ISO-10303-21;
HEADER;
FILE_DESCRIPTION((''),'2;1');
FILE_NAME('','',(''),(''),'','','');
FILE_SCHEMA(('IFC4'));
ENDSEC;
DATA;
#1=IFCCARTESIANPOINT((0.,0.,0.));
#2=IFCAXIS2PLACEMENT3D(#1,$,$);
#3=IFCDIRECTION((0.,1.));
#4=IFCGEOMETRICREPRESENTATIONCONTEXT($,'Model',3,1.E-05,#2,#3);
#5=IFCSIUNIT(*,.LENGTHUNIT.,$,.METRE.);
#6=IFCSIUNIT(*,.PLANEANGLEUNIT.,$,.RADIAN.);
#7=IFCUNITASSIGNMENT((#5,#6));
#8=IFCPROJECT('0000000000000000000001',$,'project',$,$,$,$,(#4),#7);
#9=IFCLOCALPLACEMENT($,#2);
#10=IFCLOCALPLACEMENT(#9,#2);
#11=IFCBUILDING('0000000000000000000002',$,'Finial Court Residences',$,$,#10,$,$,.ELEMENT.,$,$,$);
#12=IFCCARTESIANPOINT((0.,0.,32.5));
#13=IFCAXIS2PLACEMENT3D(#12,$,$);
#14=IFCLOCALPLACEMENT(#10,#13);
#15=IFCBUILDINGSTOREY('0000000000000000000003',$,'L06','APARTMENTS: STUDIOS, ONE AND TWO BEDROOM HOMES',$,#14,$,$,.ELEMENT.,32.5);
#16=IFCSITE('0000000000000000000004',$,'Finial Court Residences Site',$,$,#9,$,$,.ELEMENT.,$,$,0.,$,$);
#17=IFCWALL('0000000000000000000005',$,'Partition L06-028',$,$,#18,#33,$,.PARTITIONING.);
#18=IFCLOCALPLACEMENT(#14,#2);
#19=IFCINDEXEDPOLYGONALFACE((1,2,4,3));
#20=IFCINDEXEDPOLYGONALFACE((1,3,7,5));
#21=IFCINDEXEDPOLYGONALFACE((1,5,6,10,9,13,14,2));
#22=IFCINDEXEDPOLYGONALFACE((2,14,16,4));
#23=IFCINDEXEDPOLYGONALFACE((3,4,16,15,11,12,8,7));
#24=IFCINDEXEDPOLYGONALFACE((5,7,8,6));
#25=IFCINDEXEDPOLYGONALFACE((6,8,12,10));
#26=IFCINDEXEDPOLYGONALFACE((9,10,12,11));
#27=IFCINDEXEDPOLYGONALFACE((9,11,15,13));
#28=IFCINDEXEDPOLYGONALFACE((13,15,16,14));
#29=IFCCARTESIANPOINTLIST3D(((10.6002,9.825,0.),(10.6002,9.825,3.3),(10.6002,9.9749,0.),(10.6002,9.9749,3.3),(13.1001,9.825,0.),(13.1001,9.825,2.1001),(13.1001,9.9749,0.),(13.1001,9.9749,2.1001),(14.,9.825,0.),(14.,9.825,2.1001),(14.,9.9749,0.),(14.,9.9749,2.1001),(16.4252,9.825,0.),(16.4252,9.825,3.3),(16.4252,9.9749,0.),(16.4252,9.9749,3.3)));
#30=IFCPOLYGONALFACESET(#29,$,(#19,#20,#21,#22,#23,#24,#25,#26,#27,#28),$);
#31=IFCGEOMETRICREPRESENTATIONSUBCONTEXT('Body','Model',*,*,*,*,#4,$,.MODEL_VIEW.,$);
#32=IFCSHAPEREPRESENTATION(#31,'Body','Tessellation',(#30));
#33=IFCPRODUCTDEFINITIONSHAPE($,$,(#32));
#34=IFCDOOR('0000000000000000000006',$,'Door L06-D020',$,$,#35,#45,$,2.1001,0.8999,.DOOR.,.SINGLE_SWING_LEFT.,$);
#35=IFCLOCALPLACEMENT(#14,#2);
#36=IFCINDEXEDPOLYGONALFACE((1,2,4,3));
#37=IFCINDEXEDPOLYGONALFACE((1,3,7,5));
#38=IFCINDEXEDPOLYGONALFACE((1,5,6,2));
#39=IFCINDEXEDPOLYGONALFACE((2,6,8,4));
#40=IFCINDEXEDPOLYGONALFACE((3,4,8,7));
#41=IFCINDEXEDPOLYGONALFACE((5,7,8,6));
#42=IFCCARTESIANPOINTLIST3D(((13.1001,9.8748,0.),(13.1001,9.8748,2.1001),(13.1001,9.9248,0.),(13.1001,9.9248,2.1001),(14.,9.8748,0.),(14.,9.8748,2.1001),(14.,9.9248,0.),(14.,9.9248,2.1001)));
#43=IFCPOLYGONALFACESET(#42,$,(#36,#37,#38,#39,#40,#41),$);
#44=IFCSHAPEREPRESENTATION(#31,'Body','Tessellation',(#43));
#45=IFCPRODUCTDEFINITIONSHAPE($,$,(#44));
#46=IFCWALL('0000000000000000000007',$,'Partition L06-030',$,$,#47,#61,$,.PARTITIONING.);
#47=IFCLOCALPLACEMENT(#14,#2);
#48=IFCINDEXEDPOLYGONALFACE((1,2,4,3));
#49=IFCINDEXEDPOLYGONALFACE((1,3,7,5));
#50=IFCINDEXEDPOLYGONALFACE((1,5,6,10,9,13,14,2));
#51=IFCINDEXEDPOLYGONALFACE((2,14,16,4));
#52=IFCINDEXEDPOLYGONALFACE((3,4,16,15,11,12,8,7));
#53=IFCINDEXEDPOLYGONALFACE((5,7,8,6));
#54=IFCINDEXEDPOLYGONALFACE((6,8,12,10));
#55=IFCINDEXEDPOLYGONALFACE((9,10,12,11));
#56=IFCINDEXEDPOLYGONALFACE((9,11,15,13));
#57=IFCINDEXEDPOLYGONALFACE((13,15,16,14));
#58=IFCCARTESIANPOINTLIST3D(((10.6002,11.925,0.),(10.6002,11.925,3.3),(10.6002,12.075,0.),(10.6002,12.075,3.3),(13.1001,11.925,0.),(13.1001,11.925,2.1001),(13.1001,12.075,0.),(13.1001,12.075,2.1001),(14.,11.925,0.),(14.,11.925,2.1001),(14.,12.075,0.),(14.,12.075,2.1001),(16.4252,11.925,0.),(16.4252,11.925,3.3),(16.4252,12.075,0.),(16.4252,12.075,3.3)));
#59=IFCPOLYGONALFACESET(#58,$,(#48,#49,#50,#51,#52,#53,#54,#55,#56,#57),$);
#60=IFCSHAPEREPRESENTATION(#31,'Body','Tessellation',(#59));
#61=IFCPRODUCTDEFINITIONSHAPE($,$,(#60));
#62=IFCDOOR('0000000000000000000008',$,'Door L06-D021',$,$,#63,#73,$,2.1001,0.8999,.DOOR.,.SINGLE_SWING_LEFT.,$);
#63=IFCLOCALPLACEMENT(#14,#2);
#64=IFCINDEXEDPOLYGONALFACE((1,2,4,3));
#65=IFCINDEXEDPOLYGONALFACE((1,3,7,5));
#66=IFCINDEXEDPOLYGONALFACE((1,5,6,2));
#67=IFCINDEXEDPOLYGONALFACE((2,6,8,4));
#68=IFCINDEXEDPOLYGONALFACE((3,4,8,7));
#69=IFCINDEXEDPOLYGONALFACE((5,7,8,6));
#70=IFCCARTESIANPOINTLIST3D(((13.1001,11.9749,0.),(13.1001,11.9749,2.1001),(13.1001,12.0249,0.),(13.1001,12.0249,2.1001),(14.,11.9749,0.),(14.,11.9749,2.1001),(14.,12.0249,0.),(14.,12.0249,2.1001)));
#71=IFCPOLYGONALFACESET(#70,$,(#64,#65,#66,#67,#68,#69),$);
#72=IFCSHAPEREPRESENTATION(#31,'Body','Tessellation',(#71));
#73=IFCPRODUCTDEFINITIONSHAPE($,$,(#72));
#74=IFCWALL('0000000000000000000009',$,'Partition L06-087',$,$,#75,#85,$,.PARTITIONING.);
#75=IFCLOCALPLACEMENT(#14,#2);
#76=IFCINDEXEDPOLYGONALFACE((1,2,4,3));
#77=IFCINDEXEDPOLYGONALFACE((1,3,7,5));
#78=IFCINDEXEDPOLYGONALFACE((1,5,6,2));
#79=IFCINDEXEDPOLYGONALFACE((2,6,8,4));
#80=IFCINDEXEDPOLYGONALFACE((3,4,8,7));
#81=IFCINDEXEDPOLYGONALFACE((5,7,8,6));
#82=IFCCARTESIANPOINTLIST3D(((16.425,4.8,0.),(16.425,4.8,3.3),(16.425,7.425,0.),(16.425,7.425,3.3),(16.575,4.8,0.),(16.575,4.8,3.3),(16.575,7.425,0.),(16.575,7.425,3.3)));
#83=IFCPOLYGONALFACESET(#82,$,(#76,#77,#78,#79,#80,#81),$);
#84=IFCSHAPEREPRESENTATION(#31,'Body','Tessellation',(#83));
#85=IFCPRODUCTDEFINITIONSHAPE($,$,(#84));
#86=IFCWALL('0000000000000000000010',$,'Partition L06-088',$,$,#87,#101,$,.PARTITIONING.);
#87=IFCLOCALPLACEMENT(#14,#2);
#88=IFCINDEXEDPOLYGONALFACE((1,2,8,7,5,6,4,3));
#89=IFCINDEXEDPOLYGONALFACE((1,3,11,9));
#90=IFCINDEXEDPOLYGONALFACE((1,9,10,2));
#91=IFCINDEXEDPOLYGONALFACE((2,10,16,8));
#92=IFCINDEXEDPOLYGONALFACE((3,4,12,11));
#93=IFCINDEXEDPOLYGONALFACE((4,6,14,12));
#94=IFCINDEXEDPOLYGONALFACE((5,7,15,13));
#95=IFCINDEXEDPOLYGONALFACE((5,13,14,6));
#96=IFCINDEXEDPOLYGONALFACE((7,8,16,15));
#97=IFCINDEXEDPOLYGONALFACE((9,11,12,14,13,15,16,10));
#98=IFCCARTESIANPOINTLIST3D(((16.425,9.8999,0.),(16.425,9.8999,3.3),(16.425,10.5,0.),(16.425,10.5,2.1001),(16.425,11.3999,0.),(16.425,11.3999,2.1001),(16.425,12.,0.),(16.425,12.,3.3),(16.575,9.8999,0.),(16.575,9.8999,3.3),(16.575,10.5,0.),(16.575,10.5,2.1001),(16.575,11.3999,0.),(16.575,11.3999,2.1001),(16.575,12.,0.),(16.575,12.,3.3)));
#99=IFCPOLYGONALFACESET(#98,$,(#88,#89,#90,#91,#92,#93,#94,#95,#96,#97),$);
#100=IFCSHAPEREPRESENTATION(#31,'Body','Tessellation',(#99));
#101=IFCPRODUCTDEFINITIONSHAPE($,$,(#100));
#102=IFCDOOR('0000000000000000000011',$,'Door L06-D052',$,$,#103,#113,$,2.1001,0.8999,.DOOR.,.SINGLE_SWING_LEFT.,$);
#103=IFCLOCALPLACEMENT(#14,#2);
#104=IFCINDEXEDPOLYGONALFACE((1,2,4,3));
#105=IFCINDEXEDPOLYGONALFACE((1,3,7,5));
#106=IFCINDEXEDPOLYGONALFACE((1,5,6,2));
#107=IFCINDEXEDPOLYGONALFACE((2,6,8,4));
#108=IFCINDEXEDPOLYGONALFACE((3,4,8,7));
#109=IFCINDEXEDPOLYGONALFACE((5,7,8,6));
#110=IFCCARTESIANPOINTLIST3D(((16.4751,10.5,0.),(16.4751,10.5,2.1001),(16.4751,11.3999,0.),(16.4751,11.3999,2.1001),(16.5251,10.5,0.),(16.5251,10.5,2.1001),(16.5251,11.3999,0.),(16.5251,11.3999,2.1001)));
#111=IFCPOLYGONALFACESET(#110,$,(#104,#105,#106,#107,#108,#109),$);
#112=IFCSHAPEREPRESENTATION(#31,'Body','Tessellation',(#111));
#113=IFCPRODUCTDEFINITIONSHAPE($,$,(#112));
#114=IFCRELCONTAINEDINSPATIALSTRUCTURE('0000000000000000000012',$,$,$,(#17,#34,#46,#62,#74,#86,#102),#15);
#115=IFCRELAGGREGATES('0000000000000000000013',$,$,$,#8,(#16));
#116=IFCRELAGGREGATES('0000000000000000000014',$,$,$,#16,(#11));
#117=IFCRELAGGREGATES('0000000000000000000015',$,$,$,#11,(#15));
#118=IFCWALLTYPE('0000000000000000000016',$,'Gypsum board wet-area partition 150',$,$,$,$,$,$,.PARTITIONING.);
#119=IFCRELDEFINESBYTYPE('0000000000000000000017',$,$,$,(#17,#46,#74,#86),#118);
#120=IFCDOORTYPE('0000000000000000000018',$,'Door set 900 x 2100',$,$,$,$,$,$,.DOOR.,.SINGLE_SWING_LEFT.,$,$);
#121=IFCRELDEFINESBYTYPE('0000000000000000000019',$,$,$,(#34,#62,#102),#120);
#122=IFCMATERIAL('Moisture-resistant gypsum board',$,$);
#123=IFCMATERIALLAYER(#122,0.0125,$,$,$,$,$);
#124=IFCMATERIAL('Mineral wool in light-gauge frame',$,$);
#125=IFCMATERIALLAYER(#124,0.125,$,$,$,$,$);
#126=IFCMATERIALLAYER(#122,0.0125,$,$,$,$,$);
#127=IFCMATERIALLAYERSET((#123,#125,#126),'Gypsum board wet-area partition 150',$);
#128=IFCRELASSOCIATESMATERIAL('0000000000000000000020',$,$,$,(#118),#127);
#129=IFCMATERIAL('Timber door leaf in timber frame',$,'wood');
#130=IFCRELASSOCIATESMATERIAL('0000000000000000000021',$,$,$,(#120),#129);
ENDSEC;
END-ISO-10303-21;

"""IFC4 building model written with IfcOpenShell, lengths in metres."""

from ifc_helpers import new_model, si_unit, direction, frame, frame_2d, origin, place, context, subcontext, project, spatial, rectangle, extrude, material, layer, layer_set, type_object, element, fill, save


model = new_model("IFC4")

# Units and contexts
model_context = context("Model", 3, precision=1e-05, world=origin(), true_north=direction((0.0, 1.0)))
body_context = subcontext(model_context, "Body", "Model", "MODEL_VIEW")
ifc_project = project(units=[si_unit("LENGTHUNIT", "METRE"), si_unit("PLANEANGLEUNIT", "RADIAN")], contexts=[model_context])

# Site, building, storey
site_placement = place(None, origin())
site = spatial("IfcSite", under=ifc_project, at=site_placement, Name="Finial Court Residences Site", CompositionType="ELEMENT", RefElevation=0.0)
building_placement = place(site_placement, origin())
building = spatial("IfcBuilding", under=site, at=building_placement, Name="Finial Court Residences", CompositionType="ELEMENT")
storey_placement = place(building_placement, frame((0.0, 0.0, 32.5)))
storey = spatial("IfcBuildingStorey", under=building, at=storey_placement, Name="L06", Description="APARTMENTS: STUDIOS, ONE AND TWO BEDROOM HOMES", CompositionType="ELEMENT", Elevation=32.5)

# Shared definitions
ifc_material_1 = material(Name="Mineral wool in light-gauge frame")

# Walls, openings, doors
ifc_material_2 = material(Name="Moisture-resistant gypsum board")
ifc_layer_1 = layer(ifc_material_2, 0.0125)
ifc_layer_2 = layer(ifc_material_1, 0.125)
ifc_layer_3 = layer(ifc_material_2, 0.0125)
ifc_layer_set_1 = layer_set([ifc_layer_1, ifc_layer_2, ifc_layer_3], Name="Gypsum board wet-area partition 150")
wall_type_1 = type_object("IfcWallType", Name="Gypsum board wet-area partition 150", PredefinedType="PARTITIONING", material=ifc_layer_set_1)
ifc_material_3 = material(Name="Timber door leaf in timber frame", Category="wood")
door_type = type_object("IfcDoorType", Name="Door set 900 x 2100", OperationType="SINGLE_SWING_LEFT", PredefinedType="DOOR", material=ifc_material_3)
wall_1_placement = place(storey_placement, frame((10.6001, 9.8999, 0.0), z_axis=(0.0, 0.0, 1.0), x_axis=(1.0, 0.0, 0.0)))
wall_1 = element("IfcWall", 1, at=wall_1_placement, inside=storey, type_object=wall_type_1, Name="Partition L06-028", PredefinedType="PARTITIONING", context=body_context, shape_type="SweptSolid", body=[
    extrude(rectangle(XDim=5.825, YDim=0.1499, at=frame_2d((2.9126, 0.0))), origin(), (0.0, 0.0, 1.0), 3.3),
])
opening_1_placement = place(wall_1_placement, frame((2.5, 0.0, 0.0)))
opening_1 = element("IfcOpeningElement", 2, at=opening_1_placement, cuts=wall_1, PredefinedType="OPENING", context=body_context, shape_type="SweptSolid", body=[
    extrude(rectangle(XDim=0.8999, YDim=2.1001, at=frame_2d((0.45, 1.05))), frame((0.0, 0.085, 0.0), z_axis=(0.0, -1.0, 0.0), x_axis=(1.0, 0.0, 0.0)), (0.0, 0.0, 1.0), 0.1699),
])
door_1_placement = place(opening_1_placement, origin())
door_1 = element("IfcDoor", 3, at=door_1_placement, inside=storey, type_object=door_type, Name="Door L06-D020", OperationType="SINGLE_SWING_LEFT", OverallHeight=2.1001, OverallWidth=0.8999, PredefinedType="DOOR", context=body_context, shape_type="SweptSolid", body=[
    extrude(rectangle(XDim=0.8999, YDim=2.1001, at=frame_2d((0.45, 1.05))), frame((0.0, 0.0249, 0.0), z_axis=(0.0, -1.0, 0.0), x_axis=(1.0, 0.0, 0.0)), (0.0, 0.0, 1.0), 0.05),
])
fill(opening_1, door_1)
wall_2_placement = place(storey_placement, frame((10.6001, 12.0, 0.0), z_axis=(0.0, 0.0, 1.0), x_axis=(1.0, 0.0, 0.0)))
wall_2 = element("IfcWall", 4, at=wall_2_placement, inside=storey, type_object=wall_type_1, Name="Partition L06-030", PredefinedType="PARTITIONING", context=body_context, shape_type="SweptSolid", body=[
    extrude(rectangle(XDim=5.825, YDim=0.1499, at=frame_2d((2.9126, 0.0))), origin(), (0.0, 0.0, 1.0), 3.3),
])
opening_2_placement = place(wall_2_placement, frame((2.5, 0.0, 0.0)))
opening_2 = element("IfcOpeningElement", 5, at=opening_2_placement, cuts=wall_2, PredefinedType="OPENING", context=body_context, shape_type="SweptSolid", body=[
    extrude(rectangle(XDim=0.8999, YDim=2.1001, at=frame_2d((0.45, 1.05))), frame((0.0, 0.085, 0.0), z_axis=(0.0, -1.0, 0.0), x_axis=(1.0, 0.0, 0.0)), (0.0, 0.0, 1.0), 0.1699),
])
door_2_placement = place(opening_2_placement, origin())
door_2 = element("IfcDoor", 6, at=door_2_placement, inside=storey, type_object=door_type, Name="Door L06-D021", OperationType="SINGLE_SWING_LEFT", OverallHeight=2.1001, OverallWidth=0.8999, PredefinedType="DOOR", context=body_context, shape_type="SweptSolid", body=[
    extrude(rectangle(XDim=0.8999, YDim=2.1001, at=frame_2d((0.45, 1.05))), frame((0.0, 0.0249, 0.0), z_axis=(0.0, -1.0, 0.0), x_axis=(1.0, 0.0, 0.0)), (0.0, 0.0, 1.0), 0.05),
])
fill(opening_2, door_2)

# Wall
wall_3_placement = place(storey_placement, frame((16.5, 4.8, 0.0), z_axis=(0.0, 0.0, 1.0), x_axis=(0.0, 1.0, 0.0)))
element("IfcWall", 7, at=wall_3_placement, inside=storey, type_object=wall_type_1, Name="Partition L06-087", PredefinedType="PARTITIONING", context=body_context, shape_type="SweptSolid", body=[
    extrude(rectangle(XDim=2.625, YDim=0.1499, at=frame_2d((1.3125, 0.0))), origin(), (0.0, 0.0, 1.0), 3.3),
])

# Wall, opening, door
wall_4_placement = place(storey_placement, frame((16.5, 9.8999, 0.0), z_axis=(0.0, 0.0, 1.0), x_axis=(0.0, 1.0, 0.0)))
wall_4 = element("IfcWall", 8, at=wall_4_placement, inside=storey, type_object=wall_type_1, Name="Partition L06-088", PredefinedType="PARTITIONING", context=body_context, shape_type="SweptSolid", body=[
    extrude(rectangle(XDim=2.1001, YDim=0.1499, at=frame_2d((1.05, 0.0))), origin(), (0.0, 0.0, 1.0), 3.3),
])
opening_3_placement = place(wall_4_placement, frame((0.6001, 0.0, 0.0)))
opening_3 = element("IfcOpeningElement", 9, at=opening_3_placement, cuts=wall_4, PredefinedType="OPENING", context=body_context, shape_type="SweptSolid", body=[
    extrude(rectangle(XDim=0.8999, YDim=2.1001, at=frame_2d((0.45, 1.05))), frame((0.0, 0.085, 0.0), z_axis=(0.0, -1.0, 0.0), x_axis=(1.0, 0.0, 0.0)), (0.0, 0.0, 1.0), 0.1699),
])
door_3_placement = place(opening_3_placement, origin())
door_3 = element("IfcDoor", 10, at=door_3_placement, inside=storey, type_object=door_type, Name="Door L06-D052", OperationType="SINGLE_SWING_LEFT", OverallHeight=2.1001, OverallWidth=0.8999, PredefinedType="DOOR", context=body_context, shape_type="SweptSolid", body=[
    extrude(rectangle(XDim=0.8999, YDim=2.1001, at=frame_2d((0.45, 1.05))), frame((0.0, 0.0249, 0.0), z_axis=(0.0, -1.0, 0.0), x_axis=(1.0, 0.0, 0.0)), (0.0, 0.0, 1.0), 0.05),
])
fill(opening_3, door_3)

save(model, "model.ifc")
